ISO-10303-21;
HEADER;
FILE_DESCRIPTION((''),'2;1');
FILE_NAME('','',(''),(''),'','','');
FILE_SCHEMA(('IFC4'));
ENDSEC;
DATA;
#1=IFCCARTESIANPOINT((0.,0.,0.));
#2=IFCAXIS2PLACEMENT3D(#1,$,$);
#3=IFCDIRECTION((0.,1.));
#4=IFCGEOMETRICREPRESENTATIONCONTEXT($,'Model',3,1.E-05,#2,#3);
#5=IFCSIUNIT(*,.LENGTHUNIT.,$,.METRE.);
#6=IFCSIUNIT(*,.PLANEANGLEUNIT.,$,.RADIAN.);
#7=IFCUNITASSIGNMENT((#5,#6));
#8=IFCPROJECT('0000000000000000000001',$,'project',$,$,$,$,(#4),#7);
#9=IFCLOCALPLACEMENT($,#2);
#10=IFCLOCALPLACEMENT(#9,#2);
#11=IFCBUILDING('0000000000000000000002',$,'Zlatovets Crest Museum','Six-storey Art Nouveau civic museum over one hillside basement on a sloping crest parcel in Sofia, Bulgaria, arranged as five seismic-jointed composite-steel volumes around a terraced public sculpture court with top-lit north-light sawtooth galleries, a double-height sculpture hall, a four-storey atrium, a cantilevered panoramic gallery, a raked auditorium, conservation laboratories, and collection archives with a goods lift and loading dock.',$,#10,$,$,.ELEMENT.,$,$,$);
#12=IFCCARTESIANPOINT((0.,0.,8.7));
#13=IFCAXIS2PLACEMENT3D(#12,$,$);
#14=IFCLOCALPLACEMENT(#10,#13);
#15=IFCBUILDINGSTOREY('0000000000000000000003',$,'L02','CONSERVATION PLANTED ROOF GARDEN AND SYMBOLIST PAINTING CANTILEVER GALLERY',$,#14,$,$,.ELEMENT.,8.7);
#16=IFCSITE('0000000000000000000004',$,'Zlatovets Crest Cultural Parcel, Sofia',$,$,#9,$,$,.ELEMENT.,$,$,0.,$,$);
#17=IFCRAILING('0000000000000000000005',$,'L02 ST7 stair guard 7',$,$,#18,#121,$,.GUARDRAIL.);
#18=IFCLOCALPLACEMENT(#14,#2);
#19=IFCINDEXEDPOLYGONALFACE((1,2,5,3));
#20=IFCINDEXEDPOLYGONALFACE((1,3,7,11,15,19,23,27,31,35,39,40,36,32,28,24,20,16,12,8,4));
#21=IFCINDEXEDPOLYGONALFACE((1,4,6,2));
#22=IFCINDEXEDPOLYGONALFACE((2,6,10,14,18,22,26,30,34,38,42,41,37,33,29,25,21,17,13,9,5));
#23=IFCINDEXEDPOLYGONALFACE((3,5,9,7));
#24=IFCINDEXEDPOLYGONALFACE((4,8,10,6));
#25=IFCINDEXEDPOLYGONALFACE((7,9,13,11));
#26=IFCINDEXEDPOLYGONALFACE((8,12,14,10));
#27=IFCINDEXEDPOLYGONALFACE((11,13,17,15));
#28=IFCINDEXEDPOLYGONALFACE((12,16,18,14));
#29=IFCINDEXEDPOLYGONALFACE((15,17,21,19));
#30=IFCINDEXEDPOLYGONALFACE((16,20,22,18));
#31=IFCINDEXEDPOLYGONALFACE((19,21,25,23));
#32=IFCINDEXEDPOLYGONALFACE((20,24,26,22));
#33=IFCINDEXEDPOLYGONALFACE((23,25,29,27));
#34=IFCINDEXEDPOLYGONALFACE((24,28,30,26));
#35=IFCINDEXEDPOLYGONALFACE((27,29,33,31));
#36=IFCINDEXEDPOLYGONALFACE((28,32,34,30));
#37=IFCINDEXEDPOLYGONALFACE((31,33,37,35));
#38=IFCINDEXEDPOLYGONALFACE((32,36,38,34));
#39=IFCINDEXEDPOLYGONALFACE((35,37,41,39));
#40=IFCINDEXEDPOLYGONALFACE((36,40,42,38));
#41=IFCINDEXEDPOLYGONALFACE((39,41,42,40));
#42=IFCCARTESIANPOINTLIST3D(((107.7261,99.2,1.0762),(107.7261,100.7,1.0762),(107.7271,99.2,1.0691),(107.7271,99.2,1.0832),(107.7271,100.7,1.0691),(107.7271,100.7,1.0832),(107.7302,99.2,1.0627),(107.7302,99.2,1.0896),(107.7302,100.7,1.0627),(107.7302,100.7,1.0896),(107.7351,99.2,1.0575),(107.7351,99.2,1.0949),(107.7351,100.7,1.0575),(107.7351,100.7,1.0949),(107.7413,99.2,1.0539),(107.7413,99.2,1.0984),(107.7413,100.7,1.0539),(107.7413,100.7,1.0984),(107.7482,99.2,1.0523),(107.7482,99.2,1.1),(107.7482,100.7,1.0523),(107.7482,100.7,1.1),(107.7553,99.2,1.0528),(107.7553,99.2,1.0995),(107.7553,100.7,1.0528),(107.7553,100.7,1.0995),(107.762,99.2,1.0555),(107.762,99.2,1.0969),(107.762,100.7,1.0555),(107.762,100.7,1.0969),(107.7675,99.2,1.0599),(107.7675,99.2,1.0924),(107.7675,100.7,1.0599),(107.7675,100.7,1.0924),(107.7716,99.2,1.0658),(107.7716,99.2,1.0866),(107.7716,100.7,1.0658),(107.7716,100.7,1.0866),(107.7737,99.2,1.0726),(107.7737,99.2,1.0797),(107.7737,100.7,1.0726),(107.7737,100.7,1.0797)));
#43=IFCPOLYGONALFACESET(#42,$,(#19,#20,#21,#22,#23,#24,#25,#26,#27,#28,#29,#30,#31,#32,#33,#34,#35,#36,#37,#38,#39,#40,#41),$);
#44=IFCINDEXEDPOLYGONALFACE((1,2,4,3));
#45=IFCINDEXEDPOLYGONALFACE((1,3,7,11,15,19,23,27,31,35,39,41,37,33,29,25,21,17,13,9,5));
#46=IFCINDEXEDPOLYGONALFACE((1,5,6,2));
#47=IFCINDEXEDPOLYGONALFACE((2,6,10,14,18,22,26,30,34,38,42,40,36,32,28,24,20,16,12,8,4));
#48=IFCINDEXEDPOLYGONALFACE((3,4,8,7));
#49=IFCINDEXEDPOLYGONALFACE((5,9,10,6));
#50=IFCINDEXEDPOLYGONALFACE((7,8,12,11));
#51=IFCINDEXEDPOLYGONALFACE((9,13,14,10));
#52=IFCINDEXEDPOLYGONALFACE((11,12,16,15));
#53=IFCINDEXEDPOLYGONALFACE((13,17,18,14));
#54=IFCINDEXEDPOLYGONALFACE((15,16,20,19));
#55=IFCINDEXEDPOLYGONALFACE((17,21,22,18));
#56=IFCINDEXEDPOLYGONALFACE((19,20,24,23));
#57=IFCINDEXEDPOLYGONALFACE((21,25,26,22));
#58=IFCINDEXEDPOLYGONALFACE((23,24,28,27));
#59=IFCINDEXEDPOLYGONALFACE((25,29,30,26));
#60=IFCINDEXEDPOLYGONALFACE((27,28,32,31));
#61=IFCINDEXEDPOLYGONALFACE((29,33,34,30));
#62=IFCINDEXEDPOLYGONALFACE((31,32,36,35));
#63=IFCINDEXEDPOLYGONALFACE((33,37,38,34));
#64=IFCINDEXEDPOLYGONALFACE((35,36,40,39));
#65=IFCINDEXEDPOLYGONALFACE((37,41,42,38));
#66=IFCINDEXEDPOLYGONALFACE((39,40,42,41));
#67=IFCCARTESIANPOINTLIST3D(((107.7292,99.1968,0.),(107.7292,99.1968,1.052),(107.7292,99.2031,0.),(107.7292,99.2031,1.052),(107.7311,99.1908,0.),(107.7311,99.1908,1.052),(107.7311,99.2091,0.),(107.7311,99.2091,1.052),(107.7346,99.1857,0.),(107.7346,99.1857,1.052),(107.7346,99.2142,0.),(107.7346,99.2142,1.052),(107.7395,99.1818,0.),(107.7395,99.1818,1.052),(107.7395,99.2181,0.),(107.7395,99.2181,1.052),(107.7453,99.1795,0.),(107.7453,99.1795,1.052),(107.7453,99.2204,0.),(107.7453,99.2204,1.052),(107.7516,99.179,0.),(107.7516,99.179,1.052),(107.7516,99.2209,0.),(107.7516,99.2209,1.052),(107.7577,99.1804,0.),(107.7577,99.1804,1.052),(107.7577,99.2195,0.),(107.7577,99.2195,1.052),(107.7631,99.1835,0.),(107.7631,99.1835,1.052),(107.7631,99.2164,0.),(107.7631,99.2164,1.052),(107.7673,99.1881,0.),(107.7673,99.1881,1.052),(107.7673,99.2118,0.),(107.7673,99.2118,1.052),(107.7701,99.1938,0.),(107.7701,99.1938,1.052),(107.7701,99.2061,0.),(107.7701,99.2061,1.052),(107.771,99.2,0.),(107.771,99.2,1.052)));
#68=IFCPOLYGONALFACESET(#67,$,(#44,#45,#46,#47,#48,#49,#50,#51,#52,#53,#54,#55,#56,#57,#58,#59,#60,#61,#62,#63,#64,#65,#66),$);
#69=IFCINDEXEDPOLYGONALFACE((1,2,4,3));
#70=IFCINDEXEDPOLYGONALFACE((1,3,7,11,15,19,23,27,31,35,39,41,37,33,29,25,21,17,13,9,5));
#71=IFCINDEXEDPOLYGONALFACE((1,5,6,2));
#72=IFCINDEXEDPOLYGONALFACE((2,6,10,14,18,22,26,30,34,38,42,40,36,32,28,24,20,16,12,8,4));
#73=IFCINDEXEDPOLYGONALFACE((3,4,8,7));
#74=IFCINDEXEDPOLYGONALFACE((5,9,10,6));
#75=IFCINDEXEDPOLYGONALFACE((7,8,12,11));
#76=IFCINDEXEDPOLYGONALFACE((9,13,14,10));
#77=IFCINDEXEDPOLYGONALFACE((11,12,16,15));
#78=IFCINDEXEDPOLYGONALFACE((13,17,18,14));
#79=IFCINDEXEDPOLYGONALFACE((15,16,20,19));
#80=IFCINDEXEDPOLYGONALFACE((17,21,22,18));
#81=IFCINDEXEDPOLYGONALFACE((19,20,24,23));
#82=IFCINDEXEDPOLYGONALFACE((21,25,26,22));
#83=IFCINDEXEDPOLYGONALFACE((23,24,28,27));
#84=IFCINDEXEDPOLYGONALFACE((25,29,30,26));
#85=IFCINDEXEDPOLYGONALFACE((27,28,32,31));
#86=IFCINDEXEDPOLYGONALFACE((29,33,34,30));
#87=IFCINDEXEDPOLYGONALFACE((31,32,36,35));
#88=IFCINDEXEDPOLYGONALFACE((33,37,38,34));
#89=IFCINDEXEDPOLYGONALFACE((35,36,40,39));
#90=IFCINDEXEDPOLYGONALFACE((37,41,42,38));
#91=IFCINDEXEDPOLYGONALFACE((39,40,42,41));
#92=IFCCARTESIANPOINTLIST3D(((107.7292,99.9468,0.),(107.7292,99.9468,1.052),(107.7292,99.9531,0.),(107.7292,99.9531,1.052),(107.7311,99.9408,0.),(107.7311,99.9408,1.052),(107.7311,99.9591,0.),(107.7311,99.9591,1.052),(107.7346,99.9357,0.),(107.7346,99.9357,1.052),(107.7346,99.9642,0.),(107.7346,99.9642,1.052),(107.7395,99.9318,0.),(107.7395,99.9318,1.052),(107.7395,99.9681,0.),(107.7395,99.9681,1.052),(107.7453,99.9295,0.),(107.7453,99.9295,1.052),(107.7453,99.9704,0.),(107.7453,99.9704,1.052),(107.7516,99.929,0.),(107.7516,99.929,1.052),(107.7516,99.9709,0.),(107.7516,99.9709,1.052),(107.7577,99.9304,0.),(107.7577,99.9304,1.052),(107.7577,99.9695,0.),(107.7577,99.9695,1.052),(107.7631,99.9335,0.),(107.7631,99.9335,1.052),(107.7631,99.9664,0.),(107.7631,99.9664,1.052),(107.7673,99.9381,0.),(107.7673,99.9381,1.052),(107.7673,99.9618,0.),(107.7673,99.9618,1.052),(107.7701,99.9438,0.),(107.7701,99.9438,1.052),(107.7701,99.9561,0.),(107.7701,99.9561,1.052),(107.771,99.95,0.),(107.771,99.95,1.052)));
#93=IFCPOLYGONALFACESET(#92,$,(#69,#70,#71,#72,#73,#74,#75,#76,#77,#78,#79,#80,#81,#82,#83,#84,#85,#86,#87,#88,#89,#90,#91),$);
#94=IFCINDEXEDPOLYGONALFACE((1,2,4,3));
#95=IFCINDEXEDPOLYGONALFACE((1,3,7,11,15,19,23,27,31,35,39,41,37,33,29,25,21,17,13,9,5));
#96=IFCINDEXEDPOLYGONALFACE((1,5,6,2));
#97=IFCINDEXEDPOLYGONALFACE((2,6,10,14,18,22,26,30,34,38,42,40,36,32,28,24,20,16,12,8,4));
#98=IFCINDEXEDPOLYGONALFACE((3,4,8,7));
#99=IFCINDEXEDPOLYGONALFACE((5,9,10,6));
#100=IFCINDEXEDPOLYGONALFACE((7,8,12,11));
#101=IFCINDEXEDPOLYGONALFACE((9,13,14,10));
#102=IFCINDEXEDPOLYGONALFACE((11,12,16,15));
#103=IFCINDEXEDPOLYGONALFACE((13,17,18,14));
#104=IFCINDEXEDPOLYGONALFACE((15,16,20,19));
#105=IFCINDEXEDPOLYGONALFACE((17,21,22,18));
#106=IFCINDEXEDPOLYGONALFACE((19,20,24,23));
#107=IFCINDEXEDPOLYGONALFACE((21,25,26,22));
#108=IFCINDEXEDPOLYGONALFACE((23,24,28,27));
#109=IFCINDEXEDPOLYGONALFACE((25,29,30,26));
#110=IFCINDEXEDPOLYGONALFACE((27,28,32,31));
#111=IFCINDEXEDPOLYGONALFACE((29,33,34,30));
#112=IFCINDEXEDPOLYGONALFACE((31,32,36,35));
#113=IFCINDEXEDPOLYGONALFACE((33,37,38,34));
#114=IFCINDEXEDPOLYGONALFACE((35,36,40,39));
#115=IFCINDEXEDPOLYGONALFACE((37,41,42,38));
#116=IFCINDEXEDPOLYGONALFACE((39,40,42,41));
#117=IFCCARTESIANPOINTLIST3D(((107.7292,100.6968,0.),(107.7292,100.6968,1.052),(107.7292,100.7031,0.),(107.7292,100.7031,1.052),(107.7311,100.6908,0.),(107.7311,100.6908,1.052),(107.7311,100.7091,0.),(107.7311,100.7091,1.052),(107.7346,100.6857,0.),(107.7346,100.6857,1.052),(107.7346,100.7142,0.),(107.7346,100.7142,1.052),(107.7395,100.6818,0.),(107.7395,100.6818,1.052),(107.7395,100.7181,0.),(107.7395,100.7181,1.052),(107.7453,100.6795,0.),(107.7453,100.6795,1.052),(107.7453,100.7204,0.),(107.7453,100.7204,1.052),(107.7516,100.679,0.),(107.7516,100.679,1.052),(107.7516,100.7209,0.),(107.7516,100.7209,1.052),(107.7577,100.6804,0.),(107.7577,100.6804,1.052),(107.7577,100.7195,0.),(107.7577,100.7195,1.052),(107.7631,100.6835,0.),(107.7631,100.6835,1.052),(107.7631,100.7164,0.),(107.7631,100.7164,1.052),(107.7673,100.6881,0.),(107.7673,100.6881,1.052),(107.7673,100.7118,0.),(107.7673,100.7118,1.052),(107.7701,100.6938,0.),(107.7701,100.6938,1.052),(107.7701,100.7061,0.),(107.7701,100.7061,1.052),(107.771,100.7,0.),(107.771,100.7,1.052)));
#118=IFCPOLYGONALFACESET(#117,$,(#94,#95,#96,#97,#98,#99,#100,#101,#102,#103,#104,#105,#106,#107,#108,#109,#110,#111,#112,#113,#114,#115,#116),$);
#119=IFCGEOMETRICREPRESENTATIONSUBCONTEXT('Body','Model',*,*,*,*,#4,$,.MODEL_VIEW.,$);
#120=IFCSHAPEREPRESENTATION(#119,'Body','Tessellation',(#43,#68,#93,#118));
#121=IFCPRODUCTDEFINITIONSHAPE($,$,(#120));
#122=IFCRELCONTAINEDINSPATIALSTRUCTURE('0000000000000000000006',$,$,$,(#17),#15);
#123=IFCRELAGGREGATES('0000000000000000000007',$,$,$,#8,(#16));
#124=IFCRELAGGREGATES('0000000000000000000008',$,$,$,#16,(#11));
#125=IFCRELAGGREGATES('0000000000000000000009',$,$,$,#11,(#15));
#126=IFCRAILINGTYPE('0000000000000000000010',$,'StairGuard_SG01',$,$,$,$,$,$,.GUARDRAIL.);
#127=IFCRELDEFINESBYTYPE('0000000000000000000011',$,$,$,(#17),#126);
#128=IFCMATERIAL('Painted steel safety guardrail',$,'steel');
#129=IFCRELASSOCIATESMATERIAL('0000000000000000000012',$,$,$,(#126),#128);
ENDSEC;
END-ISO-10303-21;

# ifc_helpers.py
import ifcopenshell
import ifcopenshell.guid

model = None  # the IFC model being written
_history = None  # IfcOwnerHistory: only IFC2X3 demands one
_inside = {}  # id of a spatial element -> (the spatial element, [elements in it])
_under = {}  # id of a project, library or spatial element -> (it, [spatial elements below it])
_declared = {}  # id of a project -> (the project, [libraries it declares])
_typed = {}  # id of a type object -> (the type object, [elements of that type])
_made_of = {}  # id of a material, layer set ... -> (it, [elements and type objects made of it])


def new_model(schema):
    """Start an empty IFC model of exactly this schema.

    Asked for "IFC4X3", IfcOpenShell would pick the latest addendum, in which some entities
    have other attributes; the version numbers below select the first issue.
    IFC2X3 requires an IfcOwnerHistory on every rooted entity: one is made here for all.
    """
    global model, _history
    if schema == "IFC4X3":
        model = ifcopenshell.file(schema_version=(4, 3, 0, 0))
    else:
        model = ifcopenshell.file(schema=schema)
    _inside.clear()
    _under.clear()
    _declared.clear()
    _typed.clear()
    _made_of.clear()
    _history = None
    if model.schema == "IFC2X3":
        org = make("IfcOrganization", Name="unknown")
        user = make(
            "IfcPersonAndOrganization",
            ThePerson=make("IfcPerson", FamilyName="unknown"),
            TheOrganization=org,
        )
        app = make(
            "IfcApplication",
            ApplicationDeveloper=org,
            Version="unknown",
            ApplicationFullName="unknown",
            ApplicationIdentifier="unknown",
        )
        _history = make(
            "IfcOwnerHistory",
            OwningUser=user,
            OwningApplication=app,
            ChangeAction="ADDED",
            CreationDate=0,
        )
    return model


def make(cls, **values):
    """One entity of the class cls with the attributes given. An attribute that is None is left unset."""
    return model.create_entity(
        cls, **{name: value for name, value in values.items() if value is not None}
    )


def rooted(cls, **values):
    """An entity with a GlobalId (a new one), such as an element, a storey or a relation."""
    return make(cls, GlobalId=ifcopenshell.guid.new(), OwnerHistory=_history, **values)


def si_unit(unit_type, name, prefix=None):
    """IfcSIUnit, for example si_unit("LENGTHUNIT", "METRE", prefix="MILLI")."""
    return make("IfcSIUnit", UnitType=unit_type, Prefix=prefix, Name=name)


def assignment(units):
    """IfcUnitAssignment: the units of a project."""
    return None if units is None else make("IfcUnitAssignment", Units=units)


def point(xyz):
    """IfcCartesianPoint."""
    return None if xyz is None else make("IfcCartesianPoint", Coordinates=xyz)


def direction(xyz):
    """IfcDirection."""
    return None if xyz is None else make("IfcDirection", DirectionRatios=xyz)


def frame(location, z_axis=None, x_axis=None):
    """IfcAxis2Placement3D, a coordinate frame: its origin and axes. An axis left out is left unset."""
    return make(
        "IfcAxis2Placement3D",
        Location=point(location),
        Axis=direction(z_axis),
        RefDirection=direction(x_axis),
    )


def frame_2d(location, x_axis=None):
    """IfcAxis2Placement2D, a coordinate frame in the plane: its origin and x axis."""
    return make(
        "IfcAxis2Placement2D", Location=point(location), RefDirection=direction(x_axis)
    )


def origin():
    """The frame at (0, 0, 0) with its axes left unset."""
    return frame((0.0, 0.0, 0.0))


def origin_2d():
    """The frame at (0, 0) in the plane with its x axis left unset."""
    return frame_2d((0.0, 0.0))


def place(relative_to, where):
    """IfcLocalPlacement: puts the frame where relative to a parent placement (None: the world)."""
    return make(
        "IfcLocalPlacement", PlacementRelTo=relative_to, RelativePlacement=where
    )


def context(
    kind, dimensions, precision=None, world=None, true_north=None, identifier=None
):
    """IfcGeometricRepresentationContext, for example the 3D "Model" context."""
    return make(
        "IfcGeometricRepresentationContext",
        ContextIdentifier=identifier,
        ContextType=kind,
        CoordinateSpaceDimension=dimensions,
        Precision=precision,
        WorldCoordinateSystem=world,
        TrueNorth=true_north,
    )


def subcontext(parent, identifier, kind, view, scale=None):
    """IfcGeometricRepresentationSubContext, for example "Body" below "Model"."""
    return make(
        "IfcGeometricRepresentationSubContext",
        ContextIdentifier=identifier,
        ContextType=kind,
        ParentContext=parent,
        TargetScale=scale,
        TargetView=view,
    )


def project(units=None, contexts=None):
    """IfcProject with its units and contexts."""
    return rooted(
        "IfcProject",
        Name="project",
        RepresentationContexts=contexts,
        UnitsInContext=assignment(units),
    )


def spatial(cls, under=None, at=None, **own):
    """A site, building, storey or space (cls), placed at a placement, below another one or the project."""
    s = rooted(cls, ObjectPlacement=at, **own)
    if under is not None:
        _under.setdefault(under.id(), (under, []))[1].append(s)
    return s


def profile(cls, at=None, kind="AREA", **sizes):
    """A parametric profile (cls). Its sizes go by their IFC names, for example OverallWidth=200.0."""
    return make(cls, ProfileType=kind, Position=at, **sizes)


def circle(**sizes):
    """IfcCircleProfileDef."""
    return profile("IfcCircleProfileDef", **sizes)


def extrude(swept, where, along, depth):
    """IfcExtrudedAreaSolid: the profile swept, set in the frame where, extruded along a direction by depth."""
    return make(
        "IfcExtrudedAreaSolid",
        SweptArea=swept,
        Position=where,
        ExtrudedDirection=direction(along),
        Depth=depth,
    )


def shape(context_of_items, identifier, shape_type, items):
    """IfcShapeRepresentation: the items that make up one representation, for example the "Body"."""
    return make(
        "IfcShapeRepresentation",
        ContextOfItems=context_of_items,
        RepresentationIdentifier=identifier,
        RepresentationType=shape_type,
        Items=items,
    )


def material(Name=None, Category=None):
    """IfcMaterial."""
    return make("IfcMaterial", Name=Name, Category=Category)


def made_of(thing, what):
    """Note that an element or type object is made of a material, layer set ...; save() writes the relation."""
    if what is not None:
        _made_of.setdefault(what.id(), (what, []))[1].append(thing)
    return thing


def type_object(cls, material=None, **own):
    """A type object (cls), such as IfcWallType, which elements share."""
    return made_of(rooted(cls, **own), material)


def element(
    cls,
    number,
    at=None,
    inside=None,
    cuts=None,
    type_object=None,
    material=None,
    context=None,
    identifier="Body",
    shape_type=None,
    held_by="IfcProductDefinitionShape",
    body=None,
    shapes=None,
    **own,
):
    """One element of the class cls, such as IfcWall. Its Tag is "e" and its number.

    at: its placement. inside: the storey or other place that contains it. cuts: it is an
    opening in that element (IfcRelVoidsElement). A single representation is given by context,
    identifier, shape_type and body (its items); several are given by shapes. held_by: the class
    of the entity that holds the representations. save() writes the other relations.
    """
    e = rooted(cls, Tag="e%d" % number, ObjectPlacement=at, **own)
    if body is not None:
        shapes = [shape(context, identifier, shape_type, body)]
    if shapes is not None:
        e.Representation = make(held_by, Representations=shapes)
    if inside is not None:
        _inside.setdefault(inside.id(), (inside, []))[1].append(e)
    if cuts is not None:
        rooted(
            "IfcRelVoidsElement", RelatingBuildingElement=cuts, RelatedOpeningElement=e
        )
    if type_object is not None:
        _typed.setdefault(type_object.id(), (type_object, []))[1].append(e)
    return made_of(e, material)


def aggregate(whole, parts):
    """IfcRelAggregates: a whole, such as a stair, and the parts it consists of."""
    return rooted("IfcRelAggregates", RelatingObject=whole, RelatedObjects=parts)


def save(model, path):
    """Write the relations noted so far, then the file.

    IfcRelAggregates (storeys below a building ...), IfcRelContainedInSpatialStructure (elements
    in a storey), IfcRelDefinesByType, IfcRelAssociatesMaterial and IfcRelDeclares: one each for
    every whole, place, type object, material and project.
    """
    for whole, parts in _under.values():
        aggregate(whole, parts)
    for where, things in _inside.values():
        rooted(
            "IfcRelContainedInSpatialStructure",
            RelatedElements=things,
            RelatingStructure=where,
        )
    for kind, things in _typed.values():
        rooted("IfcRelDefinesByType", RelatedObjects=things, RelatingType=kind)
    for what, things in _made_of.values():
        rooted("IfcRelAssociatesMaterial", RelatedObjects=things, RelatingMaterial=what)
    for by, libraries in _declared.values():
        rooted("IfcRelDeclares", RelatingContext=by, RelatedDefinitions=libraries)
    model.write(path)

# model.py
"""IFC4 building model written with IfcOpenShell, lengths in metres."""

from ifc_helpers import new_model, si_unit, direction, frame, origin, origin_2d, place, context, subcontext, project, spatial, circle, extrude, material, type_object, element, save


model = new_model("IFC4")

# Units and contexts
model_context = context("Model", 3, precision=1e-05, world=origin(), true_north=direction((0.0, 1.0)))
body_context = subcontext(model_context, "Body", "Model", "MODEL_VIEW")
ifc_project = project(units=[si_unit("LENGTHUNIT", "METRE"), si_unit("PLANEANGLEUNIT", "RADIAN")], contexts=[model_context])

# Site, building, storey
site_placement = place(None, origin())
site = spatial("IfcSite", under=ifc_project, at=site_placement, Name="Zlatovets Crest Cultural Parcel, Sofia", CompositionType="ELEMENT", RefElevation=0.0)
building_placement = place(site_placement, origin())
building = spatial("IfcBuilding", under=site, at=building_placement, Name="Zlatovets Crest Museum", Description="Six-storey Art Nouveau civic museum over one hillside basement on a sloping crest parcel in Sofia, Bulgaria, arranged as five seismic-jointed composite-steel volumes around a terraced public sculpture court with top-lit north-light sawtooth galleries, a double-height sculpture hall, a four-storey atrium, a cantilevered panoramic gallery, a raked auditorium, conservation laboratories, and collection archives with a goods lift and loading dock.", CompositionType="ELEMENT")
storey_placement = place(building_placement, frame((0.0, 0.0, 8.7)))
storey = spatial("IfcBuildingStorey", under=building, at=storey_placement, Name="L02", Description="CONSERVATION PLANTED ROOF GARDEN AND SYMBOLIST PAINTING CANTILEVER GALLERY", CompositionType="ELEMENT", Elevation=8.7)

# Railing
ifc_material_1 = material(Name="Painted steel safety guardrail", Category="steel")
railing_type_1 = type_object("IfcRailingType", Name="StairGuard_SG01", PredefinedType="GUARDRAIL", material=ifc_material_1)
railing_1_placement = place(storey_placement, frame((107.75, 99.2, 0.0)))
element("IfcRailing", 1, at=railing_1_placement, inside=storey, type_object=railing_type_1, Name="L02 ST7 stair guard 7", PredefinedType="GUARDRAIL", context=body_context, shape_type="SweptSolid", body=[
    extrude(circle(Radius=0.0239, at=origin_2d()), frame((0.0, 0.0, 1.0762), z_axis=(0.0, 1.0, 0.0), x_axis=(-1.0, 0.0, 0.0)), (0.0, 0.0, 1.0), 1.5),
    extrude(circle(Radius=0.021, at=origin_2d()), origin(), (0.0, 0.0, 1.0), 1.052),
    extrude(circle(Radius=0.021, at=origin_2d()), frame((0.0, 0.75, 0.0)), (0.0, 0.0, 1.0), 1.052),
    extrude(circle(Radius=0.021, at=origin_2d()), frame((0.0, 1.5, 0.0)), (0.0, 0.0, 1.0), 1.052),
])

save(model, "model.ifc")
